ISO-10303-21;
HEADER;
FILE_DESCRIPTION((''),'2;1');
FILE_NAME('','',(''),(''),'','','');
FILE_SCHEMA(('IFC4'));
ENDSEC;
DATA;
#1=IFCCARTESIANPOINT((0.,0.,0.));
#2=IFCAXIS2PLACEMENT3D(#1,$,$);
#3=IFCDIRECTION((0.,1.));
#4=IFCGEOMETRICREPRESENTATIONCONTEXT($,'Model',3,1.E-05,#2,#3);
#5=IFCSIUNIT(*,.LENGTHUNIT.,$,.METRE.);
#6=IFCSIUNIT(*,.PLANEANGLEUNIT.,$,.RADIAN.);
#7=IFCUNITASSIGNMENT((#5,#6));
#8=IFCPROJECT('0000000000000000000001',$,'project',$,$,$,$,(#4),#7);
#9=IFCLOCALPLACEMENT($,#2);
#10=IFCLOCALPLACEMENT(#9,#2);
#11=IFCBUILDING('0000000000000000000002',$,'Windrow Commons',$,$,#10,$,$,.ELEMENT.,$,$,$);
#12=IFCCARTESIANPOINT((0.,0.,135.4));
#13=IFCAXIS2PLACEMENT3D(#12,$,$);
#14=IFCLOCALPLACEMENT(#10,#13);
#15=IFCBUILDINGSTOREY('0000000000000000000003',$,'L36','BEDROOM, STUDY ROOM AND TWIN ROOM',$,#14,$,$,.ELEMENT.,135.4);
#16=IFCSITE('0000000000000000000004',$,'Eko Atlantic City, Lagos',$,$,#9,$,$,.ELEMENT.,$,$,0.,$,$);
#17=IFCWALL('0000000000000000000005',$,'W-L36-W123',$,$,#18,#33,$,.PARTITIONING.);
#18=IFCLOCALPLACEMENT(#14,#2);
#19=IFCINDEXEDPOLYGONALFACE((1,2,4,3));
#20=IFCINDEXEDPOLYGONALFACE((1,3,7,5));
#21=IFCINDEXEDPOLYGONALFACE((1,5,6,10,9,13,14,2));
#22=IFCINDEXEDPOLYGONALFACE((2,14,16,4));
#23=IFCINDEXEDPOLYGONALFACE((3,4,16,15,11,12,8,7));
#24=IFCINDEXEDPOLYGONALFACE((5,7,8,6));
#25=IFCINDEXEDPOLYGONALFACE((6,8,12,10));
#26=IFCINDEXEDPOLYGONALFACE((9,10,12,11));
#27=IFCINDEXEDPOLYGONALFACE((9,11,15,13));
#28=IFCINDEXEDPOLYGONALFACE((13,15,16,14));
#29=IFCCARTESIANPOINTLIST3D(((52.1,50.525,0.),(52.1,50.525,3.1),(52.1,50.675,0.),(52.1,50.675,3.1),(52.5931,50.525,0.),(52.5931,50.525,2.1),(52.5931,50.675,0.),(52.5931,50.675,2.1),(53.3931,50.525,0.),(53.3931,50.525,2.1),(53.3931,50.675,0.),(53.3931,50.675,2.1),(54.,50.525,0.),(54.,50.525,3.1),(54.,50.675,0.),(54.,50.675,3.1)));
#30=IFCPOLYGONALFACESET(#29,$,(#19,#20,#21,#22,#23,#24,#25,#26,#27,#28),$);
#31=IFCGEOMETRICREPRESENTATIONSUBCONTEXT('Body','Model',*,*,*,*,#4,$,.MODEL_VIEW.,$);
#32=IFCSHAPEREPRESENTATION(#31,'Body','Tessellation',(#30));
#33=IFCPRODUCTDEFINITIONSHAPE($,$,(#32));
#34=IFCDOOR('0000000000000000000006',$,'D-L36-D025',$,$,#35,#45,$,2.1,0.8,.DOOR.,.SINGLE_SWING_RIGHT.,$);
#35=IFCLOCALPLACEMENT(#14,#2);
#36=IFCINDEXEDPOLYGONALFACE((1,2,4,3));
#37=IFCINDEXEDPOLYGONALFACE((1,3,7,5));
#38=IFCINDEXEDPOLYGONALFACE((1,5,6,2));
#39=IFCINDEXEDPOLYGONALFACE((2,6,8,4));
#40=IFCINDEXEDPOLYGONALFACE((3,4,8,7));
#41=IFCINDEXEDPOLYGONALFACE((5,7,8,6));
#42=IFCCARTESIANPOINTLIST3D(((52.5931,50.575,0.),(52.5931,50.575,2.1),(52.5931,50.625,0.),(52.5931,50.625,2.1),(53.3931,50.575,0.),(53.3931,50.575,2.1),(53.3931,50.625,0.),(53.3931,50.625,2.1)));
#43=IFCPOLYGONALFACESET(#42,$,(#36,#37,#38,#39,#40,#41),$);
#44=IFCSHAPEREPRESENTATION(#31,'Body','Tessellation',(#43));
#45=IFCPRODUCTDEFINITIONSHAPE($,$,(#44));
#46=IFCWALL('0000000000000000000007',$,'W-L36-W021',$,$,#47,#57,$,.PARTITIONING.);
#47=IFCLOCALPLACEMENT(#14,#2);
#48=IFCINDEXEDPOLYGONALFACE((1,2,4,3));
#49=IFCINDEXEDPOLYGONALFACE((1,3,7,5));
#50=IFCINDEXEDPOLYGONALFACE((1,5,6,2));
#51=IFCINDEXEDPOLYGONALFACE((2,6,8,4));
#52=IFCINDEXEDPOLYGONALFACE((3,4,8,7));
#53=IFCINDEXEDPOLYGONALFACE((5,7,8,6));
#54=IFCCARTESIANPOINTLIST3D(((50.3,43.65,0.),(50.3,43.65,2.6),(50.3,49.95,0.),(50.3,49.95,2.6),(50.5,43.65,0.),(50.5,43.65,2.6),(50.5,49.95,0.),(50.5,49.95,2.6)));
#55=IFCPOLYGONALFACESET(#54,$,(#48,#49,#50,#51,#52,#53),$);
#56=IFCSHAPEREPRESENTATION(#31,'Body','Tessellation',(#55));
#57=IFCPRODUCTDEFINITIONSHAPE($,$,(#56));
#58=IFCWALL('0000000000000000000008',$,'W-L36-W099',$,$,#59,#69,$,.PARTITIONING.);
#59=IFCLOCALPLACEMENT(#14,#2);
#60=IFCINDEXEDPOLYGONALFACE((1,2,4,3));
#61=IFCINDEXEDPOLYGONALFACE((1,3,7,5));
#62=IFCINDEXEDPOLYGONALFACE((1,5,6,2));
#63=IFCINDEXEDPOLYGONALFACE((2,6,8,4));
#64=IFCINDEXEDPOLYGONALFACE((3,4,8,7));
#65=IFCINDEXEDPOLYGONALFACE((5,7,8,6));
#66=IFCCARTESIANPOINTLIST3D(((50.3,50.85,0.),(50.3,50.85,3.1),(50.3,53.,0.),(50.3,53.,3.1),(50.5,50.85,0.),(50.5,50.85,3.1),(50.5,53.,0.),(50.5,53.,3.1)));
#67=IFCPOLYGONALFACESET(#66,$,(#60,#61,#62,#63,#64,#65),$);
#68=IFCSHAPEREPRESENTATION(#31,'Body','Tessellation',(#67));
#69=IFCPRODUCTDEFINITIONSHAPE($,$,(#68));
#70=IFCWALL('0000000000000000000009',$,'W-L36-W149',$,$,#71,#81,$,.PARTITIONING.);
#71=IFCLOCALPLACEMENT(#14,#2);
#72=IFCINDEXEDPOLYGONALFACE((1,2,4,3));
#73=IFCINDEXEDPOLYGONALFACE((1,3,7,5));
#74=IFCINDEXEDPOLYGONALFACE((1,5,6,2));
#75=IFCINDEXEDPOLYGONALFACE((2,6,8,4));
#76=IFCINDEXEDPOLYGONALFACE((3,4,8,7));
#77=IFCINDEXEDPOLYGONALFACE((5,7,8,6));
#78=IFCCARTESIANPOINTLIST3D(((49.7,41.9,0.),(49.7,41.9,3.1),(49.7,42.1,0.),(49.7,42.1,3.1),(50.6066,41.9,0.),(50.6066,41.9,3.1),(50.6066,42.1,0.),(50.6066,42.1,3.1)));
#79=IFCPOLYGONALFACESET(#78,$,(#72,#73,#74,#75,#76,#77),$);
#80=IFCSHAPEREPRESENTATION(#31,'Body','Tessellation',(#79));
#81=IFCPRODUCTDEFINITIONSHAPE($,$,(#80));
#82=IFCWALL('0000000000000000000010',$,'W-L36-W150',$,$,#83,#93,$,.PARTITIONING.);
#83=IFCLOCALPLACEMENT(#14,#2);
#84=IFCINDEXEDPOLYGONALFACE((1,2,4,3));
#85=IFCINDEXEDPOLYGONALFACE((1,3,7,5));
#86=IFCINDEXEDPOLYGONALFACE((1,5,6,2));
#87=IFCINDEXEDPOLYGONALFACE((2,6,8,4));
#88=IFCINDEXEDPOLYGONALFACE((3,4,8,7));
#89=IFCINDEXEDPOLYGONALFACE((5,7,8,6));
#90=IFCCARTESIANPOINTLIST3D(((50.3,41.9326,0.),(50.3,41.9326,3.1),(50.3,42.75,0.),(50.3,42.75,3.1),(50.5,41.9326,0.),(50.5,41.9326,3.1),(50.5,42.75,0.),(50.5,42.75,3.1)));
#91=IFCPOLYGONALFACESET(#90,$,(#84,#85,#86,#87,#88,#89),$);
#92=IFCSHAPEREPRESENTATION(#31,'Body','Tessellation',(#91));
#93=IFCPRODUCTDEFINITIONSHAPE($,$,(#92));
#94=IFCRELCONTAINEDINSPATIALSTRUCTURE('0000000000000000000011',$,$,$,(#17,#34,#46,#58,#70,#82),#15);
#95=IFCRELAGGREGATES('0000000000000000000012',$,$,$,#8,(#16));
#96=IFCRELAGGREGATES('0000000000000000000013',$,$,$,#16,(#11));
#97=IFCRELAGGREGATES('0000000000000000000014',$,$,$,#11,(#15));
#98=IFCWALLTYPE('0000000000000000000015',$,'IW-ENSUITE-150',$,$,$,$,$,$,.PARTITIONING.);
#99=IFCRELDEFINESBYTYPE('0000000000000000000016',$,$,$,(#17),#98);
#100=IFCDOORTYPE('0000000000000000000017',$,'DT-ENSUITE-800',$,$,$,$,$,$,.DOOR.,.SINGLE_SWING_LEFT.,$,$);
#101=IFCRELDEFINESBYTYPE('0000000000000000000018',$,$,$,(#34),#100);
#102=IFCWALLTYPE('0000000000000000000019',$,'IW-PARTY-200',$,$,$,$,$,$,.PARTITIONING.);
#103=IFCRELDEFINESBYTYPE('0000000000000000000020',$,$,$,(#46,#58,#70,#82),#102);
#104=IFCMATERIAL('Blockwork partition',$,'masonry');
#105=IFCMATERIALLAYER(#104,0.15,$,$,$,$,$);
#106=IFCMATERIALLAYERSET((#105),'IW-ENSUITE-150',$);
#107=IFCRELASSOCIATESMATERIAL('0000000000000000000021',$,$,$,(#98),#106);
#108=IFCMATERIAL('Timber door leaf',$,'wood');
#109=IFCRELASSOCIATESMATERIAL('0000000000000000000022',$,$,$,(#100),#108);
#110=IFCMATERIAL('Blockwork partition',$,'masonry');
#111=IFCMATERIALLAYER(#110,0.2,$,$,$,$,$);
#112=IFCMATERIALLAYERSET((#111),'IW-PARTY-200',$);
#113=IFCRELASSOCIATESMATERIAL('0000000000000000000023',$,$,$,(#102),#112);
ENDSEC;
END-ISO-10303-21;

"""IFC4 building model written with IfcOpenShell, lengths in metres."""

from ifc_helpers import new_model, si_unit, direction, frame, frame_2d, origin, place, context, subcontext, project, spatial, rectangle, extrude, material, layer, layer_set, type_object, element, fill, save


model = new_model("IFC4")

# Units and contexts
model_context = context("Model", 3, precision=1e-05, world=origin(), true_north=direction((0.0, 1.0)))
body_context = subcontext(model_context, "Body", "Model", "MODEL_VIEW")
ifc_project = project(units=[si_unit("LENGTHUNIT", "METRE"), si_unit("PLANEANGLEUNIT", "RADIAN")], contexts=[model_context])

# Site, building, storey
site_placement = place(None, origin())
site = spatial("IfcSite", under=ifc_project, at=site_placement, Name="Eko Atlantic City, Lagos", CompositionType="ELEMENT", RefElevation=0.0)
building_placement = place(site_placement, origin())
building = spatial("IfcBuilding", under=site, at=building_placement, Name="Windrow Commons", CompositionType="ELEMENT")
storey_placement = place(building_placement, frame((0.0, 0.0, 135.4)))
storey = spatial("IfcBuildingStorey", under=building, at=storey_placement, Name="L36", Description="BEDROOM, STUDY ROOM AND TWIN ROOM", CompositionType="ELEMENT", Elevation=135.4)

# Shared definitions
ifc_material_1 = material(Name="Blockwork partition", Category="masonry")
ifc_layer_1 = layer(ifc_material_1, 0.15)
ifc_layer_set_1 = layer_set([ifc_layer_1], Name="IW-ENSUITE-150")
wall_type_1 = type_object("IfcWallType", Name="IW-ENSUITE-150", PredefinedType="PARTITIONING", material=ifc_layer_set_1)

# Wall, opening, door
wall_1_placement = place(storey_placement, frame((52.1, 50.6, 0.0), z_axis=(0.0, 0.0, 1.0), x_axis=(1.0, 0.0, 0.0)))
wall_1 = element("IfcWall", 1, at=wall_1_placement, inside=storey, type_object=wall_type_1, Name="W-L36-W123", PredefinedType="PARTITIONING", context=body_context, shape_type="SweptSolid", body=[
    extrude(rectangle(XDim=1.9, YDim=0.15, at=frame_2d((0.95, 0.0))), origin(), (0.0, 0.0, 1.0), 3.1),
])
opening_1_placement = place(wall_1_placement, frame((0.4931, 0.0, 0.0)))
opening_1 = element("IfcOpeningElement", 2, at=opening_1_placement, cuts=wall_1, PredefinedType="OPENING", context=body_context, shape_type="SweptSolid", body=[
    extrude(rectangle(XDim=0.8, YDim=2.1, at=frame_2d((0.4, 1.05))), frame((0.0, 0.085, 0.0), z_axis=(0.0, -1.0, 0.0), x_axis=(1.0, 0.0, 0.0)), (0.0, 0.0, 1.0), 0.17),
])
ifc_material_2 = material(Name="Timber door leaf", Category="wood")
door_type = type_object("IfcDoorType", Name="DT-ENSUITE-800", OperationType="SINGLE_SWING_LEFT", PredefinedType="DOOR", material=ifc_material_2)
door_placement = place(opening_1_placement, origin())
door = element("IfcDoor", 3, at=door_placement, inside=storey, type_object=door_type, Name="D-L36-D025", OperationType="SINGLE_SWING_RIGHT", OverallHeight=2.1, OverallWidth=0.8, PredefinedType="DOOR", context=body_context, shape_type="SweptSolid", body=[
    extrude(rectangle(XDim=0.8, YDim=2.1, at=frame_2d((0.4, 1.05))), frame((0.0, 0.025, 0.0), z_axis=(0.0, -1.0, 0.0), x_axis=(1.0, 0.0, 0.0)), (0.0, 0.0, 1.0), 0.05),
])
fill(opening_1, door)

# Walls
ifc_material_3 = material(Name="Blockwork partition", Category="masonry")
ifc_layer_2 = layer(ifc_material_3, 0.2)
ifc_layer_set_2 = layer_set([ifc_layer_2], Name="IW-PARTY-200")
wall_type_2 = type_object("IfcWallType", Name="IW-PARTY-200", PredefinedType="PARTITIONING", material=ifc_layer_set_2)
wall_2_placement = place(storey_placement, frame((50.4, 43.65, 0.0), z_axis=(0.0, 0.0, 1.0), x_axis=(0.0, 1.0, 0.0)))
element("IfcWall", 4, at=wall_2_placement, inside=storey, type_object=wall_type_2, Name="W-L36-W021", PredefinedType="PARTITIONING", context=body_context, shape_type="SweptSolid", body=[
    extrude(rectangle(XDim=6.3, YDim=0.2, at=frame_2d((3.15, 0.0))), origin(), (0.0, 0.0, 1.0), 2.6),
])
wall_3_placement = place(storey_placement, frame((50.4, 50.85, 0.0), z_axis=(0.0, 0.0, 1.0), x_axis=(0.0, 1.0, 0.0)))
element("IfcWall", 5, at=wall_3_placement, inside=storey, type_object=wall_type_2, Name="W-L36-W099", PredefinedType="PARTITIONING", context=body_context, shape_type="SweptSolid", body=[
    extrude(rectangle(XDim=2.15, YDim=0.2, at=frame_2d((1.075, 0.0))), origin(), (0.0, 0.0, 1.0), 3.1),
])
wall_4_placement = place(storey_placement, frame((49.7, 42.0, 0.0), z_axis=(0.0, 0.0, 1.0), x_axis=(1.0, 0.0, 0.0)))
element("IfcWall", 6, at=wall_4_placement, inside=storey, type_object=wall_type_2, Name="W-L36-W149", PredefinedType="PARTITIONING", context=body_context, shape_type="SweptSolid", body=[
    extrude(rectangle(XDim=0.9066, YDim=0.2, at=frame_2d((0.4533, 0.0))), origin(), (0.0, 0.0, 1.0), 3.1),
])
wall_5_placement = place(storey_placement, frame((50.4, 41.9325, 0.0), z_axis=(0.0, 0.0, 1.0), x_axis=(0.0, 1.0, 0.0)))
element("IfcWall", 7, at=wall_5_placement, inside=storey, type_object=wall_type_2, Name="W-L36-W150", PredefinedType="PARTITIONING", context=body_context, shape_type="SweptSolid", body=[
    extrude(rectangle(XDim=0.8175, YDim=0.2, at=frame_2d((0.4088, 0.0))), origin(), (0.0, 0.0, 1.0), 3.1),
])

save(model, "model.ifc")
